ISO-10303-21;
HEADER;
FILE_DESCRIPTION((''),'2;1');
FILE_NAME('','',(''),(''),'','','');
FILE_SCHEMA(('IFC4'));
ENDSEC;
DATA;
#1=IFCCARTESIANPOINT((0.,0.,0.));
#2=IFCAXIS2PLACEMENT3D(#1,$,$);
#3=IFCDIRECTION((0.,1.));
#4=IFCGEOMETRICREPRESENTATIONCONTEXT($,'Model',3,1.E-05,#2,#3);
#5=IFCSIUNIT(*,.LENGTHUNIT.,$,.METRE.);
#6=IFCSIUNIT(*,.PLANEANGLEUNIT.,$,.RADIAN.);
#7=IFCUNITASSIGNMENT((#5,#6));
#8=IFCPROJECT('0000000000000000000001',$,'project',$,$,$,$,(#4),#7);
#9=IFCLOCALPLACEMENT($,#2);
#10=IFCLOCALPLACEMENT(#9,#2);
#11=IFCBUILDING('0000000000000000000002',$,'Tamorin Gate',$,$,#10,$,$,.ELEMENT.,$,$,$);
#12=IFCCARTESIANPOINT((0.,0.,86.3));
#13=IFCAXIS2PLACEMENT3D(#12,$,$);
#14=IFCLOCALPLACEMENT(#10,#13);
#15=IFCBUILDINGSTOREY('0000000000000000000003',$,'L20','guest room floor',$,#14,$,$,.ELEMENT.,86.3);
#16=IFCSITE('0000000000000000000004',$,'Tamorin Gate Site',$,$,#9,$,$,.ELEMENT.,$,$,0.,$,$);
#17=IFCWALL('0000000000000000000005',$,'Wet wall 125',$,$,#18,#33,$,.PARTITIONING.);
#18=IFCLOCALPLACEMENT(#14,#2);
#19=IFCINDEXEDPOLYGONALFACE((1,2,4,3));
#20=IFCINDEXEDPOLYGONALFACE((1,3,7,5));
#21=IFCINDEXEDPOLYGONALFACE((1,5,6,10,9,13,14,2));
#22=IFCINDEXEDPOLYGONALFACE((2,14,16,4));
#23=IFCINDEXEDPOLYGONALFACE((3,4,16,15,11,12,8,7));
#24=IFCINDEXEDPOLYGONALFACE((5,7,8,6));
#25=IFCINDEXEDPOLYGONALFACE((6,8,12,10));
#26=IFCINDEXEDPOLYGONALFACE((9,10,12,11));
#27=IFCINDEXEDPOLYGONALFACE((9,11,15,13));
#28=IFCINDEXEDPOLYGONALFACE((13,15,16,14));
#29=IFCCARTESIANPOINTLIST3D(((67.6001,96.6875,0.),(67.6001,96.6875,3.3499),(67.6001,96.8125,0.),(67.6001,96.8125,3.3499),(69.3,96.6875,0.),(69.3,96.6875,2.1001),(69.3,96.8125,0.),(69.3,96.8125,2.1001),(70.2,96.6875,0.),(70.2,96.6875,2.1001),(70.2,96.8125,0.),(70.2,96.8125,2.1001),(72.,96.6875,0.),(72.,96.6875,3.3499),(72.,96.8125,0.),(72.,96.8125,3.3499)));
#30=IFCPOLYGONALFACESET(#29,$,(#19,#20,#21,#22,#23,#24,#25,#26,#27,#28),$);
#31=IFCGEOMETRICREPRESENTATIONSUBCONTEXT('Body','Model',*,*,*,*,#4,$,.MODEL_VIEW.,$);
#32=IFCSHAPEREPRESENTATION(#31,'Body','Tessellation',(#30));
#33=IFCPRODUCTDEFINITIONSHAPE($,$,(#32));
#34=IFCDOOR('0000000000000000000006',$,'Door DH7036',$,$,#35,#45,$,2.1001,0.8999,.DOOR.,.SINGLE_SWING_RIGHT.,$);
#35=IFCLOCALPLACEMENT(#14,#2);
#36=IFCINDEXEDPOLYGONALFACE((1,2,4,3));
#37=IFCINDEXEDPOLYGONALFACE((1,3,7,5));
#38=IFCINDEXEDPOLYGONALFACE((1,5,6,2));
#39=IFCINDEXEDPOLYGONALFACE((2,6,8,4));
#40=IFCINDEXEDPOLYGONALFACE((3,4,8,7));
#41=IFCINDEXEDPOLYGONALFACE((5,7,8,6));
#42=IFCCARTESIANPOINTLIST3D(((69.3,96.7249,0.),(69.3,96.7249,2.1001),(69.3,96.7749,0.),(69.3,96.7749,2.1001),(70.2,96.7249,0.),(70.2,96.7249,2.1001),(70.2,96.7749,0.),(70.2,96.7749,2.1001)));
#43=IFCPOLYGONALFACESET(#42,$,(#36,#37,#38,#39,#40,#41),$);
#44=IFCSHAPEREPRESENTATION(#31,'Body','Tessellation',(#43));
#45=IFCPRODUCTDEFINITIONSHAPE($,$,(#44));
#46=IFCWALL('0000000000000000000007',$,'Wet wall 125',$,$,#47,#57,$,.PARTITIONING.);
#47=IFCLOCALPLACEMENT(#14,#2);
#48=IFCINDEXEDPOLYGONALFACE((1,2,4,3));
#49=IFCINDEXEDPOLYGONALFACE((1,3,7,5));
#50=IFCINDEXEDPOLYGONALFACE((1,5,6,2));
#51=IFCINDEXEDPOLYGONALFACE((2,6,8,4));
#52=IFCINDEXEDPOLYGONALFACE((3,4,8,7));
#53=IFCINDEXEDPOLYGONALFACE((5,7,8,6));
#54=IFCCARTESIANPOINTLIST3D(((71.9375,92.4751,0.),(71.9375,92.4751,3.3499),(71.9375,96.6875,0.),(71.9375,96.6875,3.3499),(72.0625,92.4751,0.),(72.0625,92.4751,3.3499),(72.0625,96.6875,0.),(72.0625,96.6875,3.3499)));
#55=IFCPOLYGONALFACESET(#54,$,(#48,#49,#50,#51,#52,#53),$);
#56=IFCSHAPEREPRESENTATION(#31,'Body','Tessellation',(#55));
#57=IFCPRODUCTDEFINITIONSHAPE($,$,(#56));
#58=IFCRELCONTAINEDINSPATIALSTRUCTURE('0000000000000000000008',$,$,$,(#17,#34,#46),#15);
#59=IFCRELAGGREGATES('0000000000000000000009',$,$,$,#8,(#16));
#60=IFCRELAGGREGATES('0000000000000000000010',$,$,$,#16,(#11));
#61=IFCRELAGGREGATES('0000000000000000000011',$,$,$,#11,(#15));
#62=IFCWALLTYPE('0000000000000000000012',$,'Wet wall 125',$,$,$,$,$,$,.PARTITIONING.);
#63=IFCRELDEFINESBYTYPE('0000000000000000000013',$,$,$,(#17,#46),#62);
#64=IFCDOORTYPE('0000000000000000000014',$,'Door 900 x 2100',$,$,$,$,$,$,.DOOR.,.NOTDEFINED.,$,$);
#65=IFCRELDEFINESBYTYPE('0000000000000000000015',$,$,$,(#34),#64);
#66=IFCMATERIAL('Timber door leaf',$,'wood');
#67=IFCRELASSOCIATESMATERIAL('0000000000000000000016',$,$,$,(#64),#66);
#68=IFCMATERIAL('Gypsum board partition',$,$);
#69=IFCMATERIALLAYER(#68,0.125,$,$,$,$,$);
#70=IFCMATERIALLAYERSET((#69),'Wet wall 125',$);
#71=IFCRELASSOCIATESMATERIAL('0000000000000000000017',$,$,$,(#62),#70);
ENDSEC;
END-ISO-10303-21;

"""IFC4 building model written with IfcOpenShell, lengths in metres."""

from ifc_helpers import new_model, si_unit, direction, frame, frame_2d, origin, place, context, subcontext, project, spatial, rectangle, extrude, material, layer, layer_set, type_object, element, fill, save


model = new_model("IFC4")

# Units and contexts
model_context = context("Model", 3, precision=1e-05, world=origin(), true_north=direction((0.0, 1.0)))
body_context = subcontext(model_context, "Body", "Model", "MODEL_VIEW")
ifc_project = project(units=[si_unit("LENGTHUNIT", "METRE"), si_unit("PLANEANGLEUNIT", "RADIAN")], contexts=[model_context])

# Site, building, storey
site_placement = place(None, origin())
site = spatial("IfcSite", under=ifc_project, at=site_placement, Name="Tamorin Gate Site", CompositionType="ELEMENT", RefElevation=0.0)
building_placement = place(site_placement, origin())
building = spatial("IfcBuilding", under=site, at=building_placement, Name="Tamorin Gate", CompositionType="ELEMENT")
storey_placement = place(building_placement, frame((0.0, 0.0, 86.3)))
storey = spatial("IfcBuildingStorey", under=building, at=storey_placement, Name="L20", Description="guest room floor", CompositionType="ELEMENT", Elevation=86.3)

# Shared definitions
ifc_material_1 = material(Name="Gypsum board partition")

# Wall, opening, door
ifc_material_2 = material(Name="Timber door leaf", Category="wood")
door_type = type_object("IfcDoorType", Name="Door 900 x 2100", OperationType="NOTDEFINED", PredefinedType="DOOR", material=ifc_material_2)
ifc_layer_1 = layer(ifc_material_1, 0.125)
ifc_layer_set_1 = layer_set([ifc_layer_1], Name="Wet wall 125")
wall_type_1 = type_object("IfcWallType", Name="Wet wall 125", PredefinedType="PARTITIONING", material=ifc_layer_set_1)
wall_1_placement = place(storey_placement, frame((67.6001, 96.75, 0.0), z_axis=(0.0, 0.0, 1.0), x_axis=(1.0, 0.0, 0.0)))
wall_1 = element("IfcWall", 1, at=wall_1_placement, inside=storey, type_object=wall_type_1, Name="Wet wall 125", PredefinedType="PARTITIONING", context=body_context, shape_type="SweptSolid", body=[
    extrude(rectangle(XDim=4.3999, YDim=0.125, at=frame_2d((2.2, 0.0))), origin(), (0.0, 0.0, 1.0), 3.3499),
])
opening_1_placement = place(wall_1_placement, frame((1.7, 0.0, 0.0)))
opening_1 = element("IfcOpeningElement", 2, at=opening_1_placement, cuts=wall_1, PredefinedType="OPENING", context=body_context, shape_type="SweptSolid", body=[
    extrude(rectangle(XDim=0.8999, YDim=2.1001, at=frame_2d((0.45, 1.05))), frame((0.0, 0.0725, 0.0), z_axis=(0.0, -1.0, 0.0), x_axis=(1.0, 0.0, 0.0)), (0.0, 0.0, 1.0), 0.145),
])
door_1_placement = place(opening_1_placement, origin())
door_1 = element("IfcDoor", 3, at=door_1_placement, inside=storey, type_object=door_type, Name="Door DH7036", OperationType="SINGLE_SWING_RIGHT", OverallHeight=2.1001, OverallWidth=0.8999, PredefinedType="DOOR", context=body_context, shape_type="SweptSolid", body=[
    extrude(rectangle(XDim=0.8999, YDim=2.1001, at=frame_2d((0.45, 1.05))), frame((0.0, 0.0249, 0.0), z_axis=(0.0, -1.0, 0.0), x_axis=(1.0, 0.0, 0.0)), (0.0, 0.0, 1.0), 0.05),
])
fill(opening_1, door_1)

# Wall
wall_2_placement = place(storey_placement, frame((72.0, 92.4751, 0.0), z_axis=(0.0, 0.0, 1.0), x_axis=(0.0, 1.0, 0.0)))
element("IfcWall", 4, at=wall_2_placement, inside=storey, type_object=wall_type_1, Name="Wet wall 125", PredefinedType="PARTITIONING", context=body_context, shape_type="SweptSolid", body=[
    extrude(rectangle(XDim=4.2124, YDim=0.125, at=frame_2d((2.1062, 0.0))), origin(), (0.0, 0.0, 1.0), 3.3499),
])

save(model, "model.ifc")
